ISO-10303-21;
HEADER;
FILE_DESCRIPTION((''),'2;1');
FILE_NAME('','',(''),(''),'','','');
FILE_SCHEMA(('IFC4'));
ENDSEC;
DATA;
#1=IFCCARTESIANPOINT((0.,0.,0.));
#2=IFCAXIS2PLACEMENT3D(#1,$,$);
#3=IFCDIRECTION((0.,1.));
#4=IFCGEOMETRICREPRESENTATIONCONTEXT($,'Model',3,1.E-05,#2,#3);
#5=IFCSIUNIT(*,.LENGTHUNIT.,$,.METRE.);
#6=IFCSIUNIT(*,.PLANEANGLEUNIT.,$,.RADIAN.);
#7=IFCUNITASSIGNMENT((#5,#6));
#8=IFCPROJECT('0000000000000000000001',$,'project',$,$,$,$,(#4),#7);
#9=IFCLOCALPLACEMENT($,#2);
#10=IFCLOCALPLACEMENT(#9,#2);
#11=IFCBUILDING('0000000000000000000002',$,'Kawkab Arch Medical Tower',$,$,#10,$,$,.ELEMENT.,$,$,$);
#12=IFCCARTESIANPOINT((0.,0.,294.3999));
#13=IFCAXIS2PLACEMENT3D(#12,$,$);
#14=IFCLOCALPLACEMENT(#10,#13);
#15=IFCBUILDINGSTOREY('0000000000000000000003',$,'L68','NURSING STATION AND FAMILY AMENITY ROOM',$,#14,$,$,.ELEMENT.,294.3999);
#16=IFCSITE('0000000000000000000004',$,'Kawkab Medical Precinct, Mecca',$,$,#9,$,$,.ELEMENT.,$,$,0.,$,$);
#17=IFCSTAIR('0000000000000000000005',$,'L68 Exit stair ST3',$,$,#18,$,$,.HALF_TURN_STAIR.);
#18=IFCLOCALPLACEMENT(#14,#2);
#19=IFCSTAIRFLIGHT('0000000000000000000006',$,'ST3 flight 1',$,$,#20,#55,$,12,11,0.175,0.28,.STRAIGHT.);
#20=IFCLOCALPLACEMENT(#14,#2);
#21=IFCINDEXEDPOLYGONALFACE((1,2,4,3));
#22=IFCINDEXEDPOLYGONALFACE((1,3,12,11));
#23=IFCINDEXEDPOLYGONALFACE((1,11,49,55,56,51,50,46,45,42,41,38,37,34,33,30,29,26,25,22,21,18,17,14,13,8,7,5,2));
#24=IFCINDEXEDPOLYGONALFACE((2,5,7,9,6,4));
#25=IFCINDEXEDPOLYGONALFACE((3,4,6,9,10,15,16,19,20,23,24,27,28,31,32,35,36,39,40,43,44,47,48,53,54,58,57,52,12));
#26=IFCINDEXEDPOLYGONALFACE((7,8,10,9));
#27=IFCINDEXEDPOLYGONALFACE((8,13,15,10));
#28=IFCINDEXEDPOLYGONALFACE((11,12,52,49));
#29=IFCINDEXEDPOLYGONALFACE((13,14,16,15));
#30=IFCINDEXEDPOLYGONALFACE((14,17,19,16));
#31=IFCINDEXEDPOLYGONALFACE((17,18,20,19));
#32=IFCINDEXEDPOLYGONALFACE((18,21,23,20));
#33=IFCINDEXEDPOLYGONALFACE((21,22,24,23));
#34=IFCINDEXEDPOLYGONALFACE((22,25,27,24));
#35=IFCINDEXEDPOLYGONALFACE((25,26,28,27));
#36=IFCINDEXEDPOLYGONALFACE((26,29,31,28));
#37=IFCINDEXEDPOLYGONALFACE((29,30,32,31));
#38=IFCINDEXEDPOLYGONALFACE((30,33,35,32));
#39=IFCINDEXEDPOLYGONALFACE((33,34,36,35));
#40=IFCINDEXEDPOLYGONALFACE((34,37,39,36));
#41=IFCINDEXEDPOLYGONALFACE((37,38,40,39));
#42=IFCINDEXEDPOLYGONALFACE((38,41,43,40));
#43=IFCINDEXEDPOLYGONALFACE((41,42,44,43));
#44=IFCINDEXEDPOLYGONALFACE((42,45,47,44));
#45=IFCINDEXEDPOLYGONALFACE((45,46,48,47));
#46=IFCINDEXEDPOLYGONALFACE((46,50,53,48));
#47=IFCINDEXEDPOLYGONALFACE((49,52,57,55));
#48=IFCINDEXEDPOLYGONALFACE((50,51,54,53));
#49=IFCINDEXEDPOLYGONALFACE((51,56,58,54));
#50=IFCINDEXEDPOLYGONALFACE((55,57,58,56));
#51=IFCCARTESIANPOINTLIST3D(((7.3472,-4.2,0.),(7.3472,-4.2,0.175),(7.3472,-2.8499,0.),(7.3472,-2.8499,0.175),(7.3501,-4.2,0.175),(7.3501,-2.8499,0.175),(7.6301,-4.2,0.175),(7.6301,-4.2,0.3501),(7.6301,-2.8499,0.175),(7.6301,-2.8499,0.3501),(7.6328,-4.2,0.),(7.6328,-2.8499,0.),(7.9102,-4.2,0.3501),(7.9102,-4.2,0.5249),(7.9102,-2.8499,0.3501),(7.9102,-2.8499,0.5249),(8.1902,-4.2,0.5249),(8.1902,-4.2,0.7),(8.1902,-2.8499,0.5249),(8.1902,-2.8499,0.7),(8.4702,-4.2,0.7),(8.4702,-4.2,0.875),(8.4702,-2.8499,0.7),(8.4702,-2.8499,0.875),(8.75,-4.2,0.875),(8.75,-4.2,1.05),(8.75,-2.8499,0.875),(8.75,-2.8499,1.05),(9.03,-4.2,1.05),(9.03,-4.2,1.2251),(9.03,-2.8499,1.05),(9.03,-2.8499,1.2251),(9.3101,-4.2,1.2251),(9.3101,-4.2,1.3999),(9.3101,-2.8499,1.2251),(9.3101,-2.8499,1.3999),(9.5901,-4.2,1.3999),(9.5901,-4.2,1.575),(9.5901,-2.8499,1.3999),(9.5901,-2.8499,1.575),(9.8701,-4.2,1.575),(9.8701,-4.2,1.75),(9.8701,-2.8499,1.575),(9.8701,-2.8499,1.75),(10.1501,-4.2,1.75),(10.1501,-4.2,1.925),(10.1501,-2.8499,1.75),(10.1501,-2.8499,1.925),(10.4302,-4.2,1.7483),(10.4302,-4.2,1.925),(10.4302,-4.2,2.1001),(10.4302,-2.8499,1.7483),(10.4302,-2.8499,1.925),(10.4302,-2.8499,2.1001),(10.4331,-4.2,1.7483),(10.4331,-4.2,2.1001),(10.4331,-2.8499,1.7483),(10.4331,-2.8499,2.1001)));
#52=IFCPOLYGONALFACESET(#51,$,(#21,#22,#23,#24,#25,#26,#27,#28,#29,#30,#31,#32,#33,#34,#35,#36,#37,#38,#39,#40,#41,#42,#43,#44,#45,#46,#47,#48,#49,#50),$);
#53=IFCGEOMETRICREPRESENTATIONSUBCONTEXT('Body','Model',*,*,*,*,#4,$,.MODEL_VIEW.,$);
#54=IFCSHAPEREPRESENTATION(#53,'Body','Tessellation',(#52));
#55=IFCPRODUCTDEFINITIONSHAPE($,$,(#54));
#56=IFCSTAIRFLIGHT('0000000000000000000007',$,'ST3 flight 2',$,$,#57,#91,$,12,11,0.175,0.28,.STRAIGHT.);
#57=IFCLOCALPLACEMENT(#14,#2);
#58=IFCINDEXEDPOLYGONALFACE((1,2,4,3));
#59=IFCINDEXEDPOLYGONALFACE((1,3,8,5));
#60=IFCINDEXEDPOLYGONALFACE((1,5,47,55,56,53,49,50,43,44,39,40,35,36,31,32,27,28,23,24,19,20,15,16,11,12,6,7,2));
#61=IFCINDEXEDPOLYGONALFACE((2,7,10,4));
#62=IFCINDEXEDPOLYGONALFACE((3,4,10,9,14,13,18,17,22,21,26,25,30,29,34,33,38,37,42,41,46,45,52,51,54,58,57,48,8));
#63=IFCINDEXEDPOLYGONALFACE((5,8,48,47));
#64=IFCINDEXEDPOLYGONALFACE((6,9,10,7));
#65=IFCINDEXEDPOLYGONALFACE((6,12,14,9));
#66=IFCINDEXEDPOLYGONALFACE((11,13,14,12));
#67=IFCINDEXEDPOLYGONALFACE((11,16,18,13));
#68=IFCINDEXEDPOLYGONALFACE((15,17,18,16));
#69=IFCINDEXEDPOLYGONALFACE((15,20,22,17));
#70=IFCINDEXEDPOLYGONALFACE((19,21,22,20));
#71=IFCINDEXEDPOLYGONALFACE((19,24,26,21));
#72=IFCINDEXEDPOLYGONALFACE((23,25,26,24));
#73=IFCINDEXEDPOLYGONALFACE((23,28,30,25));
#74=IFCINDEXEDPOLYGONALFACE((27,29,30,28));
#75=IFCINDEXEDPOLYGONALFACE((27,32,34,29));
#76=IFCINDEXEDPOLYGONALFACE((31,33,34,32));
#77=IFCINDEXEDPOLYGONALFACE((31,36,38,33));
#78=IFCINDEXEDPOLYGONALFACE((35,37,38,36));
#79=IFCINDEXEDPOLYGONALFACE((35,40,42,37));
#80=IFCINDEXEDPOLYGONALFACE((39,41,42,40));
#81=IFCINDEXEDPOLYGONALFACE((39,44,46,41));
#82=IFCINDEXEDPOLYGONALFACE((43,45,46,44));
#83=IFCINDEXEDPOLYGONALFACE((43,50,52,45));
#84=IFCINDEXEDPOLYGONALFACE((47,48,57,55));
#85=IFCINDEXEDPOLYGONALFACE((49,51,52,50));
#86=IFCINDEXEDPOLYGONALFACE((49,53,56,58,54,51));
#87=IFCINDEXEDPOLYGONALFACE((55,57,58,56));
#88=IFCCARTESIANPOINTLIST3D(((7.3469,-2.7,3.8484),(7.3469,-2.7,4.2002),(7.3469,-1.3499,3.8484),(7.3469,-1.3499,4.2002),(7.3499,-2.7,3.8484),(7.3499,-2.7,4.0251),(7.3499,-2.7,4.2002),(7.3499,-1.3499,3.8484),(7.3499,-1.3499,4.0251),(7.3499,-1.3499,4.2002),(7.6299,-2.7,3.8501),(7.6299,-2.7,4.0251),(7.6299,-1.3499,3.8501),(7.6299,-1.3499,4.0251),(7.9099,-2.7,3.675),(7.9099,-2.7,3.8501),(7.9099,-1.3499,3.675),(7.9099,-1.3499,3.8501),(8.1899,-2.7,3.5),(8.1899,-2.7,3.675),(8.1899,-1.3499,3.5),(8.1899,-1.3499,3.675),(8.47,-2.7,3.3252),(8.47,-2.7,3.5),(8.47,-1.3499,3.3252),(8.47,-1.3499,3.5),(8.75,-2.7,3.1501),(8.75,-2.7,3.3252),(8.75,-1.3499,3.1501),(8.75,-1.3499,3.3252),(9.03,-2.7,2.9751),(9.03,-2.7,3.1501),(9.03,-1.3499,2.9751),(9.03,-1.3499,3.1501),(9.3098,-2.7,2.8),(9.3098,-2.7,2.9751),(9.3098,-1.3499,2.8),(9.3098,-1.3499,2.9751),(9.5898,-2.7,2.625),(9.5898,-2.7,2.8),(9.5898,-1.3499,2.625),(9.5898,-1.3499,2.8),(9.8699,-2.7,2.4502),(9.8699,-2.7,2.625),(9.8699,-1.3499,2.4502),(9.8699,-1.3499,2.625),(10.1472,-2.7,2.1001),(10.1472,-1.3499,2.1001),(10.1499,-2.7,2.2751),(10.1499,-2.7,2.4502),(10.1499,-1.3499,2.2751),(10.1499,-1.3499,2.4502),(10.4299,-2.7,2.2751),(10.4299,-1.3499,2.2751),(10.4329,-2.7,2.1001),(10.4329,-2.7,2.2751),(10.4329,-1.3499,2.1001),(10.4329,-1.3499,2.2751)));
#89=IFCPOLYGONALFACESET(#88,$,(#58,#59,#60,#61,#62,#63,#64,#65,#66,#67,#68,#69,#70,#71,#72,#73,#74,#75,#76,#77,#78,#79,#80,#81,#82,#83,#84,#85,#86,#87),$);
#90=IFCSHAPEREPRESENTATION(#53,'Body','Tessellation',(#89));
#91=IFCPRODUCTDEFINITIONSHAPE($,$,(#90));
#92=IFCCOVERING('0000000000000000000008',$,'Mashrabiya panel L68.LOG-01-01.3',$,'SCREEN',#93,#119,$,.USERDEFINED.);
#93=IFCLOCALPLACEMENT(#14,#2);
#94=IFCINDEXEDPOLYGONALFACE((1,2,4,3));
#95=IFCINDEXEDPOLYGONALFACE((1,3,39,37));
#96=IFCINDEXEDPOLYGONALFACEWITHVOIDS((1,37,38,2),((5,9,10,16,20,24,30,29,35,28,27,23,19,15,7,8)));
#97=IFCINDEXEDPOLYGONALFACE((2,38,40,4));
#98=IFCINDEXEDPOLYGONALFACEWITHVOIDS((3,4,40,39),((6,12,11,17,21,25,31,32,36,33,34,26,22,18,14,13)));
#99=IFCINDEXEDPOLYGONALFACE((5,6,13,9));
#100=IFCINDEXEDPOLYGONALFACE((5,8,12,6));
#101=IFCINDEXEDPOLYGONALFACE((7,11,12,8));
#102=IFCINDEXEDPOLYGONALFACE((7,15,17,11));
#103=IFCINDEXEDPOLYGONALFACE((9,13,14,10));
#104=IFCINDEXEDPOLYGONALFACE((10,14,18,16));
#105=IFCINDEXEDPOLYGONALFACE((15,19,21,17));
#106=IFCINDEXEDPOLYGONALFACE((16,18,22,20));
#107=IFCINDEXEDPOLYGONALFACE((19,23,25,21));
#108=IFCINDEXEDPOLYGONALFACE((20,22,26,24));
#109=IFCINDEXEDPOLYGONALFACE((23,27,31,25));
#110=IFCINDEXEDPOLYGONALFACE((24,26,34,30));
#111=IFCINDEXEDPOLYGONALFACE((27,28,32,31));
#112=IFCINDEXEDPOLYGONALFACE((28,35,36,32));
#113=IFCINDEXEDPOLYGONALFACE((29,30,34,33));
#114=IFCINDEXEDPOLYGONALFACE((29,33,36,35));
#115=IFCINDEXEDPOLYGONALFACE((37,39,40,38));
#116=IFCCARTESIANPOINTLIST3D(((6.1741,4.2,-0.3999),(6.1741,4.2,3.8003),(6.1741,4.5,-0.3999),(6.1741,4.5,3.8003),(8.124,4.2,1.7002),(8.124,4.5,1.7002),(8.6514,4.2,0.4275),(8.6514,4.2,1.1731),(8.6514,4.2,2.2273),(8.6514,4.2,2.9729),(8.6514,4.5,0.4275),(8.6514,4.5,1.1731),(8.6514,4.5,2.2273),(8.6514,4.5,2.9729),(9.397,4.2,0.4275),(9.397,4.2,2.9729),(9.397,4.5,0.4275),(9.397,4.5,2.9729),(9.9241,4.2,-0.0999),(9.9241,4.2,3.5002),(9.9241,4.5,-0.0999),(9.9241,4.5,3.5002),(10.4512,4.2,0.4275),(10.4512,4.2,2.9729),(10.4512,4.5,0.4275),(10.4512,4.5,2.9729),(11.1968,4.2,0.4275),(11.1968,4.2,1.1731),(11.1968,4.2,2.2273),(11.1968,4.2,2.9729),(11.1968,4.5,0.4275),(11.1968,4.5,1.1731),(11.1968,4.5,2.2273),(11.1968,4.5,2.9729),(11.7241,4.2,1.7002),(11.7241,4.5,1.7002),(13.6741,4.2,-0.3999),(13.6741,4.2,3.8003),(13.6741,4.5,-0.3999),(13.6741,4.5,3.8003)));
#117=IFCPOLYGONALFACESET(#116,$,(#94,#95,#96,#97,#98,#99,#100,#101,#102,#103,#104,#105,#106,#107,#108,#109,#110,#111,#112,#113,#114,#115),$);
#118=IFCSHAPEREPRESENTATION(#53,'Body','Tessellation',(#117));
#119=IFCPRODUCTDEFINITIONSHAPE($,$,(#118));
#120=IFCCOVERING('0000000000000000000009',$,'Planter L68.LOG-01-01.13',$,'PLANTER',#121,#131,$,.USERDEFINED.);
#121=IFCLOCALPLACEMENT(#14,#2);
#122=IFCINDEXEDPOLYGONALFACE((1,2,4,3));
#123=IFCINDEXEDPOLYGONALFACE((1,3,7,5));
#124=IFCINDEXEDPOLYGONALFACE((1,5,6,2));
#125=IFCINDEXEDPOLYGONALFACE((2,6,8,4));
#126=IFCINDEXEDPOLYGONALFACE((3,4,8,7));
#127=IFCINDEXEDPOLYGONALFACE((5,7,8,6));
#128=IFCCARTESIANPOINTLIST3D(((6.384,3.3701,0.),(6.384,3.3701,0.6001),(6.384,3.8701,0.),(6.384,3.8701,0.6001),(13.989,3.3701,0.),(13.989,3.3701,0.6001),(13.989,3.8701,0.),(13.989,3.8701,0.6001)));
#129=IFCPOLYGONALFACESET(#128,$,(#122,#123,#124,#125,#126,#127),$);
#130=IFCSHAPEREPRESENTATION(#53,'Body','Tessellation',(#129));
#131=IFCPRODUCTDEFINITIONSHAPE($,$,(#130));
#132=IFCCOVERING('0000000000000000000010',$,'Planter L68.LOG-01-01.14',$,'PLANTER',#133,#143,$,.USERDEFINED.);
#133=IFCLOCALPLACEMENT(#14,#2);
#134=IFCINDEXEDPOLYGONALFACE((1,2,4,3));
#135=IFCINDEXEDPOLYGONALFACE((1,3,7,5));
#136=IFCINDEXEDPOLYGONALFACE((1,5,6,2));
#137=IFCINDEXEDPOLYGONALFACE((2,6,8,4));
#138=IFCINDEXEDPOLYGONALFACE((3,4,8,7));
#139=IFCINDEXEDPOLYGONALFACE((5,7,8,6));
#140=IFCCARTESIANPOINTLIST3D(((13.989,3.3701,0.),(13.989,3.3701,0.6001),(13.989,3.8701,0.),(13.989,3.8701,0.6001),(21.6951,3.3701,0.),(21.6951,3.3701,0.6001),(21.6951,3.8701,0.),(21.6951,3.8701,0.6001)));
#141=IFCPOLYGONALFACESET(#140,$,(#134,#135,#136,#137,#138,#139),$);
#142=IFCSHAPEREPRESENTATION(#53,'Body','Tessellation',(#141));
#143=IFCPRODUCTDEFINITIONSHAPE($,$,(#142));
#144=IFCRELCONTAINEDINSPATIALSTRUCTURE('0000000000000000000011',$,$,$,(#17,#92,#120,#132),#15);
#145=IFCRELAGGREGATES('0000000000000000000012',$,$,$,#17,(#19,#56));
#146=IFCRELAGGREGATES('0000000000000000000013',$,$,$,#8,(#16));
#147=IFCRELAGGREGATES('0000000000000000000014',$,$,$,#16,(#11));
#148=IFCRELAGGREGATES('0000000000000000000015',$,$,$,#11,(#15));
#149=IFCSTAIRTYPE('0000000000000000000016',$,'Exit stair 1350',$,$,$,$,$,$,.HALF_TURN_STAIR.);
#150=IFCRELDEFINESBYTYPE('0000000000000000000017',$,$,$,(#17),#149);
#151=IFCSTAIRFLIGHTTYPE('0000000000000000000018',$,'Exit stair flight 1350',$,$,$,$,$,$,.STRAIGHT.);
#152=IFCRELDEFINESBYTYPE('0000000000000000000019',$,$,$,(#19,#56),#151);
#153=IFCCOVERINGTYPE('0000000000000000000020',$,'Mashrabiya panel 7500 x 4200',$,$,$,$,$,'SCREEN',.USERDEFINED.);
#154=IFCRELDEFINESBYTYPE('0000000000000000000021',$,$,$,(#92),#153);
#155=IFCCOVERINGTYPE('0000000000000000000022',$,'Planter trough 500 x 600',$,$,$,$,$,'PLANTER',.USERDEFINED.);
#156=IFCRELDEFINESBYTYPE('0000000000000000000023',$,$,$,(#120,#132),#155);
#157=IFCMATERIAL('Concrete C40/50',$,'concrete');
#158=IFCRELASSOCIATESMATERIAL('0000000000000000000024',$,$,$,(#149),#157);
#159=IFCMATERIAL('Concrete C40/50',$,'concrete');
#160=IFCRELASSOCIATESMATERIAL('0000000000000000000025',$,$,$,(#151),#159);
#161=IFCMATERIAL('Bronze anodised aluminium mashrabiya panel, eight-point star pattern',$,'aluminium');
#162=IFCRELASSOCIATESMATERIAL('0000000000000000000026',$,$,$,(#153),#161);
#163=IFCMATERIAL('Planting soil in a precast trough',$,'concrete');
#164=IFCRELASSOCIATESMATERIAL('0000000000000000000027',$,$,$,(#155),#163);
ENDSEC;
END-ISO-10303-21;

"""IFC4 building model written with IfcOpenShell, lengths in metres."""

from ifc_helpers import new_model, si_unit, direction, frame, origin, origin_2d, place, context, subcontext, project, spatial, polyline, rectangle, outline, extrude, material, material_profile, profile_set, type_object, element, aggregate, save


model = new_model("IFC4")

# Units and contexts
model_context = context("Model", 3, precision=1e-05, world=origin(), true_north=direction((0.0, 1.0)))
body_context = subcontext(model_context, "Body", "Model", "MODEL_VIEW")
ifc_project = project(units=[si_unit("LENGTHUNIT", "METRE"), si_unit("PLANEANGLEUNIT", "RADIAN")], contexts=[model_context])

# Site, building, storey
site_placement = place(None, origin())
site = spatial("IfcSite", under=ifc_project, at=site_placement, Name="Kawkab Medical Precinct, Mecca", CompositionType="ELEMENT", RefElevation=0.0)
building_placement = place(site_placement, origin())
building = spatial("IfcBuilding", under=site, at=building_placement, Name="Kawkab Arch Medical Tower", CompositionType="ELEMENT")
storey_placement = place(building_placement, frame((0.0, 0.0, 294.3999)))
storey = spatial("IfcBuildingStorey", under=building, at=storey_placement, Name="L68", Description="NURSING STATION AND FAMILY AMENITY ROOM", CompositionType="ELEMENT", Elevation=294.3999)

# Shared definitions
placement = place(storey_placement, origin())

# Stair, stair flights
ifc_material_1 = material(Name="Concrete C40/50", Category="concrete")
stair_type = type_object("IfcStairType", Name="Exit stair 1350", PredefinedType="HALF_TURN_STAIR", material=ifc_material_1)
stair = element("IfcStair", 1, at=placement, inside=storey, type_object=stair_type, Name="L68 Exit stair ST3", PredefinedType="HALF_TURN_STAIR")
ifc_material_2 = material(Name="Concrete C40/50", Category="concrete")
stair_flight_type = type_object("IfcStairFlightType", Name="Exit stair flight 1350", PredefinedType="STRAIGHT", material=ifc_material_2)
stair_flight_1_placement = place(storey_placement, frame((7.3501, -3.5249, 0.0), z_axis=(0.0, 0.0, 1.0), x_axis=(1.0, 0.0, 0.0)))
stair_flight_1 = element("IfcStairFlight", 2, at=stair_flight_1_placement, type_object=stair_flight_type, Name="ST3 flight 1", NumberOfRisers=12, NumberOfTreads=11, PredefinedType="STRAIGHT", RiserHeight=0.175, TreadLength=0.28, context=body_context, shape_type="SweptSolid", body=[
    extrude(outline(polyline([(-0.0029, 0.0), (-0.0029, 0.175), (0.0, 0.175), (0.28, 0.175), (0.28, 0.3501), (0.5601, 0.3501), (0.5601, 0.5249), (0.8401, 0.5249), (0.8401, 0.7), (1.1201, 0.7), (1.1201, 0.875), (1.3999, 0.875), (1.3999, 1.05), (1.6799, 1.05), (1.6799, 1.2251), (1.96, 1.2251), (1.96, 1.3999), (2.24, 1.3999), (2.24, 1.575), (2.52, 1.575), (2.52, 1.75), (2.8, 1.75), (2.8, 1.925), (3.0801, 1.925), (3.0801, 2.1001), (3.083, 2.1001), (3.083, 1.7483), (3.0801, 1.7483), (0.2827, 0.0), (-0.0029, 0.0)])), frame((0.0, 0.675, 0.0), z_axis=(0.0, -1.0, 0.0), x_axis=(1.0, 0.0, 0.0)), (0.0, 0.0, 1.0), 1.3501),
])
stair_flight_2_placement = place(storey_placement, frame((10.4299, -2.0249, 2.1001), z_axis=(0.0, 0.0, 1.0), x_axis=(-1.0, 0.0, 0.0)))
stair_flight_2 = element("IfcStairFlight", 3, at=stair_flight_2_placement, type_object=stair_flight_type, Name="ST3 flight 2", NumberOfRisers=12, NumberOfTreads=11, PredefinedType="STRAIGHT", RiserHeight=0.175, TreadLength=0.28, context=body_context, shape_type="SweptSolid", body=[
    extrude(outline(polyline([(-0.0029, 0.0), (-0.0029, 0.175), (0.0, 0.175), (0.28, 0.175), (0.28, 0.3501), (0.5601, 0.3501), (0.5601, 0.5249), (0.8401, 0.5249), (0.8401, 0.7), (1.1201, 0.7), (1.1201, 0.875), (1.3999, 0.875), (1.3999, 1.05), (1.6799, 1.05), (1.6799, 1.2251), (1.96, 1.2251), (1.96, 1.3999), (2.24, 1.3999), (2.24, 1.575), (2.52, 1.575), (2.52, 1.75), (2.8, 1.75), (2.8, 1.925), (3.0801, 1.925), (3.0801, 2.1001), (3.083, 2.1001), (3.083, 1.7483), (3.0801, 1.7483), (0.2827, 0.0), (-0.0029, 0.0)])), frame((0.0, 0.675, 0.0), z_axis=(0.0, -1.0, 0.0), x_axis=(1.0, 0.0, 0.0)), (0.0, 0.0, 1.0), 1.3501),
])
aggregate(stair, [stair_flight_1, stair_flight_2])

# Coverings
ifc_material_3 = material(Name="Bronze anodised aluminium mashrabiya panel, eight-point star pattern", Category="aluminium")
ifc_material_profile_1 = material_profile(ifc_material_3, outline(polyline([(-3.75, -2.1001), (3.75, -2.1001), (3.75, 2.1001), (-3.75, 2.1001), (-3.75, -2.1001)]), holes=[polyline([(1.8, 0.0), (1.2727, 0.5271), (1.2727, 1.2727), (0.5271, 1.2727), (0.0, 1.8), (-0.5271, 1.2727), (-1.2727, 1.2727), (-1.2727, 0.5271), (-1.8, 0.0), (-1.2727, -0.5271), (-1.2727, -1.2727), (-0.5271, -1.2727), (0.0, -1.8), (0.5271, -1.2727), (1.2727, -1.2727), (1.2727, -0.5271), (1.8, 0.0)])]), Name="Mashrabiya panel 7500x4200")
ifc_profile_set_1 = profile_set([ifc_material_profile_1], Name="Bronze anodised aluminium mashrabiya panel, eight-point star pattern")
covering_type_1 = type_object("IfcCoveringType", Name="Mashrabiya panel 7500 x 4200", ElementType="SCREEN", PredefinedType="USERDEFINED", material=ifc_profile_set_1)
covering_1_placement = place(storey_placement, frame((9.9241, 4.2, 1.7002), z_axis=(0.0, 1.0, 0.0), x_axis=(-1.0, 0.0, 0.0)))
element("IfcCovering", 4, at=covering_1_placement, inside=storey, type_object=covering_type_1, Name="Mashrabiya panel L68.LOG-01-01.3", ObjectType="SCREEN", PredefinedType="USERDEFINED", context=body_context, shape_type="SweptSolid", body=[
    extrude(outline(polyline([(-3.75, -2.1001), (3.75, -2.1001), (3.75, 2.1001), (-3.75, 2.1001), (-3.75, -2.1001)]), holes=[polyline([(1.8, 0.0), (1.2727, 0.5271), (1.2727, 1.2727), (0.5271, 1.2727), (0.0, 1.8), (-0.5271, 1.2727), (-1.2727, 1.2727), (-1.2727, 0.5271), (-1.8, 0.0), (-1.2727, -0.5271), (-1.2727, -1.2727), (-0.5271, -1.2727), (0.0, -1.8), (0.5271, -1.2727), (1.2727, -1.2727), (1.2727, -0.5271), (1.8, 0.0)])]), origin(), (0.0, 0.0, 1.0), 0.3),
])
ifc_material_4 = material(Name="Planting soil in a precast trough", Category="concrete")
ifc_material_profile_2 = material_profile(ifc_material_4, rectangle(XDim=0.5, YDim=0.6001, at=origin_2d()), Name="Trough 500x600")
ifc_profile_set_2 = profile_set([ifc_material_profile_2], Name="Planting soil in a precast trough")
covering_type_2 = type_object("IfcCoveringType", Name="Planter trough 500 x 600", ElementType="PLANTER", PredefinedType="USERDEFINED", material=ifc_profile_set_2)
covering_2_placement = place(storey_placement, frame((6.384, 3.6201, 0.3), z_axis=(1.0, 0.0, 0.0), x_axis=(0.0, 1.0, 0.0)))
element("IfcCovering", 5, at=covering_2_placement, inside=storey, type_object=covering_type_2, Name="Planter L68.LOG-01-01.13", ObjectType="PLANTER", PredefinedType="USERDEFINED", context=body_context, shape_type="SweptSolid", body=[
    extrude(rectangle(XDim=0.5, YDim=0.6001, at=origin_2d()), origin(), (0.0, 0.0, 1.0), 7.605),
])
covering_3_placement = place(storey_placement, frame((13.989, 3.6201, 0.3), z_axis=(1.0, 0.0, 0.0), x_axis=(0.0, 1.0, 0.0)))
element("IfcCovering", 6, at=covering_3_placement, inside=storey, type_object=covering_type_2, Name="Planter L68.LOG-01-01.14", ObjectType="PLANTER", PredefinedType="USERDEFINED", context=body_context, shape_type="SweptSolid", body=[
    extrude(rectangle(XDim=0.5, YDim=0.6001, at=origin_2d()), origin(), (0.0, 0.0, 1.0), 7.7061),
])

save(model, "model.ifc")
